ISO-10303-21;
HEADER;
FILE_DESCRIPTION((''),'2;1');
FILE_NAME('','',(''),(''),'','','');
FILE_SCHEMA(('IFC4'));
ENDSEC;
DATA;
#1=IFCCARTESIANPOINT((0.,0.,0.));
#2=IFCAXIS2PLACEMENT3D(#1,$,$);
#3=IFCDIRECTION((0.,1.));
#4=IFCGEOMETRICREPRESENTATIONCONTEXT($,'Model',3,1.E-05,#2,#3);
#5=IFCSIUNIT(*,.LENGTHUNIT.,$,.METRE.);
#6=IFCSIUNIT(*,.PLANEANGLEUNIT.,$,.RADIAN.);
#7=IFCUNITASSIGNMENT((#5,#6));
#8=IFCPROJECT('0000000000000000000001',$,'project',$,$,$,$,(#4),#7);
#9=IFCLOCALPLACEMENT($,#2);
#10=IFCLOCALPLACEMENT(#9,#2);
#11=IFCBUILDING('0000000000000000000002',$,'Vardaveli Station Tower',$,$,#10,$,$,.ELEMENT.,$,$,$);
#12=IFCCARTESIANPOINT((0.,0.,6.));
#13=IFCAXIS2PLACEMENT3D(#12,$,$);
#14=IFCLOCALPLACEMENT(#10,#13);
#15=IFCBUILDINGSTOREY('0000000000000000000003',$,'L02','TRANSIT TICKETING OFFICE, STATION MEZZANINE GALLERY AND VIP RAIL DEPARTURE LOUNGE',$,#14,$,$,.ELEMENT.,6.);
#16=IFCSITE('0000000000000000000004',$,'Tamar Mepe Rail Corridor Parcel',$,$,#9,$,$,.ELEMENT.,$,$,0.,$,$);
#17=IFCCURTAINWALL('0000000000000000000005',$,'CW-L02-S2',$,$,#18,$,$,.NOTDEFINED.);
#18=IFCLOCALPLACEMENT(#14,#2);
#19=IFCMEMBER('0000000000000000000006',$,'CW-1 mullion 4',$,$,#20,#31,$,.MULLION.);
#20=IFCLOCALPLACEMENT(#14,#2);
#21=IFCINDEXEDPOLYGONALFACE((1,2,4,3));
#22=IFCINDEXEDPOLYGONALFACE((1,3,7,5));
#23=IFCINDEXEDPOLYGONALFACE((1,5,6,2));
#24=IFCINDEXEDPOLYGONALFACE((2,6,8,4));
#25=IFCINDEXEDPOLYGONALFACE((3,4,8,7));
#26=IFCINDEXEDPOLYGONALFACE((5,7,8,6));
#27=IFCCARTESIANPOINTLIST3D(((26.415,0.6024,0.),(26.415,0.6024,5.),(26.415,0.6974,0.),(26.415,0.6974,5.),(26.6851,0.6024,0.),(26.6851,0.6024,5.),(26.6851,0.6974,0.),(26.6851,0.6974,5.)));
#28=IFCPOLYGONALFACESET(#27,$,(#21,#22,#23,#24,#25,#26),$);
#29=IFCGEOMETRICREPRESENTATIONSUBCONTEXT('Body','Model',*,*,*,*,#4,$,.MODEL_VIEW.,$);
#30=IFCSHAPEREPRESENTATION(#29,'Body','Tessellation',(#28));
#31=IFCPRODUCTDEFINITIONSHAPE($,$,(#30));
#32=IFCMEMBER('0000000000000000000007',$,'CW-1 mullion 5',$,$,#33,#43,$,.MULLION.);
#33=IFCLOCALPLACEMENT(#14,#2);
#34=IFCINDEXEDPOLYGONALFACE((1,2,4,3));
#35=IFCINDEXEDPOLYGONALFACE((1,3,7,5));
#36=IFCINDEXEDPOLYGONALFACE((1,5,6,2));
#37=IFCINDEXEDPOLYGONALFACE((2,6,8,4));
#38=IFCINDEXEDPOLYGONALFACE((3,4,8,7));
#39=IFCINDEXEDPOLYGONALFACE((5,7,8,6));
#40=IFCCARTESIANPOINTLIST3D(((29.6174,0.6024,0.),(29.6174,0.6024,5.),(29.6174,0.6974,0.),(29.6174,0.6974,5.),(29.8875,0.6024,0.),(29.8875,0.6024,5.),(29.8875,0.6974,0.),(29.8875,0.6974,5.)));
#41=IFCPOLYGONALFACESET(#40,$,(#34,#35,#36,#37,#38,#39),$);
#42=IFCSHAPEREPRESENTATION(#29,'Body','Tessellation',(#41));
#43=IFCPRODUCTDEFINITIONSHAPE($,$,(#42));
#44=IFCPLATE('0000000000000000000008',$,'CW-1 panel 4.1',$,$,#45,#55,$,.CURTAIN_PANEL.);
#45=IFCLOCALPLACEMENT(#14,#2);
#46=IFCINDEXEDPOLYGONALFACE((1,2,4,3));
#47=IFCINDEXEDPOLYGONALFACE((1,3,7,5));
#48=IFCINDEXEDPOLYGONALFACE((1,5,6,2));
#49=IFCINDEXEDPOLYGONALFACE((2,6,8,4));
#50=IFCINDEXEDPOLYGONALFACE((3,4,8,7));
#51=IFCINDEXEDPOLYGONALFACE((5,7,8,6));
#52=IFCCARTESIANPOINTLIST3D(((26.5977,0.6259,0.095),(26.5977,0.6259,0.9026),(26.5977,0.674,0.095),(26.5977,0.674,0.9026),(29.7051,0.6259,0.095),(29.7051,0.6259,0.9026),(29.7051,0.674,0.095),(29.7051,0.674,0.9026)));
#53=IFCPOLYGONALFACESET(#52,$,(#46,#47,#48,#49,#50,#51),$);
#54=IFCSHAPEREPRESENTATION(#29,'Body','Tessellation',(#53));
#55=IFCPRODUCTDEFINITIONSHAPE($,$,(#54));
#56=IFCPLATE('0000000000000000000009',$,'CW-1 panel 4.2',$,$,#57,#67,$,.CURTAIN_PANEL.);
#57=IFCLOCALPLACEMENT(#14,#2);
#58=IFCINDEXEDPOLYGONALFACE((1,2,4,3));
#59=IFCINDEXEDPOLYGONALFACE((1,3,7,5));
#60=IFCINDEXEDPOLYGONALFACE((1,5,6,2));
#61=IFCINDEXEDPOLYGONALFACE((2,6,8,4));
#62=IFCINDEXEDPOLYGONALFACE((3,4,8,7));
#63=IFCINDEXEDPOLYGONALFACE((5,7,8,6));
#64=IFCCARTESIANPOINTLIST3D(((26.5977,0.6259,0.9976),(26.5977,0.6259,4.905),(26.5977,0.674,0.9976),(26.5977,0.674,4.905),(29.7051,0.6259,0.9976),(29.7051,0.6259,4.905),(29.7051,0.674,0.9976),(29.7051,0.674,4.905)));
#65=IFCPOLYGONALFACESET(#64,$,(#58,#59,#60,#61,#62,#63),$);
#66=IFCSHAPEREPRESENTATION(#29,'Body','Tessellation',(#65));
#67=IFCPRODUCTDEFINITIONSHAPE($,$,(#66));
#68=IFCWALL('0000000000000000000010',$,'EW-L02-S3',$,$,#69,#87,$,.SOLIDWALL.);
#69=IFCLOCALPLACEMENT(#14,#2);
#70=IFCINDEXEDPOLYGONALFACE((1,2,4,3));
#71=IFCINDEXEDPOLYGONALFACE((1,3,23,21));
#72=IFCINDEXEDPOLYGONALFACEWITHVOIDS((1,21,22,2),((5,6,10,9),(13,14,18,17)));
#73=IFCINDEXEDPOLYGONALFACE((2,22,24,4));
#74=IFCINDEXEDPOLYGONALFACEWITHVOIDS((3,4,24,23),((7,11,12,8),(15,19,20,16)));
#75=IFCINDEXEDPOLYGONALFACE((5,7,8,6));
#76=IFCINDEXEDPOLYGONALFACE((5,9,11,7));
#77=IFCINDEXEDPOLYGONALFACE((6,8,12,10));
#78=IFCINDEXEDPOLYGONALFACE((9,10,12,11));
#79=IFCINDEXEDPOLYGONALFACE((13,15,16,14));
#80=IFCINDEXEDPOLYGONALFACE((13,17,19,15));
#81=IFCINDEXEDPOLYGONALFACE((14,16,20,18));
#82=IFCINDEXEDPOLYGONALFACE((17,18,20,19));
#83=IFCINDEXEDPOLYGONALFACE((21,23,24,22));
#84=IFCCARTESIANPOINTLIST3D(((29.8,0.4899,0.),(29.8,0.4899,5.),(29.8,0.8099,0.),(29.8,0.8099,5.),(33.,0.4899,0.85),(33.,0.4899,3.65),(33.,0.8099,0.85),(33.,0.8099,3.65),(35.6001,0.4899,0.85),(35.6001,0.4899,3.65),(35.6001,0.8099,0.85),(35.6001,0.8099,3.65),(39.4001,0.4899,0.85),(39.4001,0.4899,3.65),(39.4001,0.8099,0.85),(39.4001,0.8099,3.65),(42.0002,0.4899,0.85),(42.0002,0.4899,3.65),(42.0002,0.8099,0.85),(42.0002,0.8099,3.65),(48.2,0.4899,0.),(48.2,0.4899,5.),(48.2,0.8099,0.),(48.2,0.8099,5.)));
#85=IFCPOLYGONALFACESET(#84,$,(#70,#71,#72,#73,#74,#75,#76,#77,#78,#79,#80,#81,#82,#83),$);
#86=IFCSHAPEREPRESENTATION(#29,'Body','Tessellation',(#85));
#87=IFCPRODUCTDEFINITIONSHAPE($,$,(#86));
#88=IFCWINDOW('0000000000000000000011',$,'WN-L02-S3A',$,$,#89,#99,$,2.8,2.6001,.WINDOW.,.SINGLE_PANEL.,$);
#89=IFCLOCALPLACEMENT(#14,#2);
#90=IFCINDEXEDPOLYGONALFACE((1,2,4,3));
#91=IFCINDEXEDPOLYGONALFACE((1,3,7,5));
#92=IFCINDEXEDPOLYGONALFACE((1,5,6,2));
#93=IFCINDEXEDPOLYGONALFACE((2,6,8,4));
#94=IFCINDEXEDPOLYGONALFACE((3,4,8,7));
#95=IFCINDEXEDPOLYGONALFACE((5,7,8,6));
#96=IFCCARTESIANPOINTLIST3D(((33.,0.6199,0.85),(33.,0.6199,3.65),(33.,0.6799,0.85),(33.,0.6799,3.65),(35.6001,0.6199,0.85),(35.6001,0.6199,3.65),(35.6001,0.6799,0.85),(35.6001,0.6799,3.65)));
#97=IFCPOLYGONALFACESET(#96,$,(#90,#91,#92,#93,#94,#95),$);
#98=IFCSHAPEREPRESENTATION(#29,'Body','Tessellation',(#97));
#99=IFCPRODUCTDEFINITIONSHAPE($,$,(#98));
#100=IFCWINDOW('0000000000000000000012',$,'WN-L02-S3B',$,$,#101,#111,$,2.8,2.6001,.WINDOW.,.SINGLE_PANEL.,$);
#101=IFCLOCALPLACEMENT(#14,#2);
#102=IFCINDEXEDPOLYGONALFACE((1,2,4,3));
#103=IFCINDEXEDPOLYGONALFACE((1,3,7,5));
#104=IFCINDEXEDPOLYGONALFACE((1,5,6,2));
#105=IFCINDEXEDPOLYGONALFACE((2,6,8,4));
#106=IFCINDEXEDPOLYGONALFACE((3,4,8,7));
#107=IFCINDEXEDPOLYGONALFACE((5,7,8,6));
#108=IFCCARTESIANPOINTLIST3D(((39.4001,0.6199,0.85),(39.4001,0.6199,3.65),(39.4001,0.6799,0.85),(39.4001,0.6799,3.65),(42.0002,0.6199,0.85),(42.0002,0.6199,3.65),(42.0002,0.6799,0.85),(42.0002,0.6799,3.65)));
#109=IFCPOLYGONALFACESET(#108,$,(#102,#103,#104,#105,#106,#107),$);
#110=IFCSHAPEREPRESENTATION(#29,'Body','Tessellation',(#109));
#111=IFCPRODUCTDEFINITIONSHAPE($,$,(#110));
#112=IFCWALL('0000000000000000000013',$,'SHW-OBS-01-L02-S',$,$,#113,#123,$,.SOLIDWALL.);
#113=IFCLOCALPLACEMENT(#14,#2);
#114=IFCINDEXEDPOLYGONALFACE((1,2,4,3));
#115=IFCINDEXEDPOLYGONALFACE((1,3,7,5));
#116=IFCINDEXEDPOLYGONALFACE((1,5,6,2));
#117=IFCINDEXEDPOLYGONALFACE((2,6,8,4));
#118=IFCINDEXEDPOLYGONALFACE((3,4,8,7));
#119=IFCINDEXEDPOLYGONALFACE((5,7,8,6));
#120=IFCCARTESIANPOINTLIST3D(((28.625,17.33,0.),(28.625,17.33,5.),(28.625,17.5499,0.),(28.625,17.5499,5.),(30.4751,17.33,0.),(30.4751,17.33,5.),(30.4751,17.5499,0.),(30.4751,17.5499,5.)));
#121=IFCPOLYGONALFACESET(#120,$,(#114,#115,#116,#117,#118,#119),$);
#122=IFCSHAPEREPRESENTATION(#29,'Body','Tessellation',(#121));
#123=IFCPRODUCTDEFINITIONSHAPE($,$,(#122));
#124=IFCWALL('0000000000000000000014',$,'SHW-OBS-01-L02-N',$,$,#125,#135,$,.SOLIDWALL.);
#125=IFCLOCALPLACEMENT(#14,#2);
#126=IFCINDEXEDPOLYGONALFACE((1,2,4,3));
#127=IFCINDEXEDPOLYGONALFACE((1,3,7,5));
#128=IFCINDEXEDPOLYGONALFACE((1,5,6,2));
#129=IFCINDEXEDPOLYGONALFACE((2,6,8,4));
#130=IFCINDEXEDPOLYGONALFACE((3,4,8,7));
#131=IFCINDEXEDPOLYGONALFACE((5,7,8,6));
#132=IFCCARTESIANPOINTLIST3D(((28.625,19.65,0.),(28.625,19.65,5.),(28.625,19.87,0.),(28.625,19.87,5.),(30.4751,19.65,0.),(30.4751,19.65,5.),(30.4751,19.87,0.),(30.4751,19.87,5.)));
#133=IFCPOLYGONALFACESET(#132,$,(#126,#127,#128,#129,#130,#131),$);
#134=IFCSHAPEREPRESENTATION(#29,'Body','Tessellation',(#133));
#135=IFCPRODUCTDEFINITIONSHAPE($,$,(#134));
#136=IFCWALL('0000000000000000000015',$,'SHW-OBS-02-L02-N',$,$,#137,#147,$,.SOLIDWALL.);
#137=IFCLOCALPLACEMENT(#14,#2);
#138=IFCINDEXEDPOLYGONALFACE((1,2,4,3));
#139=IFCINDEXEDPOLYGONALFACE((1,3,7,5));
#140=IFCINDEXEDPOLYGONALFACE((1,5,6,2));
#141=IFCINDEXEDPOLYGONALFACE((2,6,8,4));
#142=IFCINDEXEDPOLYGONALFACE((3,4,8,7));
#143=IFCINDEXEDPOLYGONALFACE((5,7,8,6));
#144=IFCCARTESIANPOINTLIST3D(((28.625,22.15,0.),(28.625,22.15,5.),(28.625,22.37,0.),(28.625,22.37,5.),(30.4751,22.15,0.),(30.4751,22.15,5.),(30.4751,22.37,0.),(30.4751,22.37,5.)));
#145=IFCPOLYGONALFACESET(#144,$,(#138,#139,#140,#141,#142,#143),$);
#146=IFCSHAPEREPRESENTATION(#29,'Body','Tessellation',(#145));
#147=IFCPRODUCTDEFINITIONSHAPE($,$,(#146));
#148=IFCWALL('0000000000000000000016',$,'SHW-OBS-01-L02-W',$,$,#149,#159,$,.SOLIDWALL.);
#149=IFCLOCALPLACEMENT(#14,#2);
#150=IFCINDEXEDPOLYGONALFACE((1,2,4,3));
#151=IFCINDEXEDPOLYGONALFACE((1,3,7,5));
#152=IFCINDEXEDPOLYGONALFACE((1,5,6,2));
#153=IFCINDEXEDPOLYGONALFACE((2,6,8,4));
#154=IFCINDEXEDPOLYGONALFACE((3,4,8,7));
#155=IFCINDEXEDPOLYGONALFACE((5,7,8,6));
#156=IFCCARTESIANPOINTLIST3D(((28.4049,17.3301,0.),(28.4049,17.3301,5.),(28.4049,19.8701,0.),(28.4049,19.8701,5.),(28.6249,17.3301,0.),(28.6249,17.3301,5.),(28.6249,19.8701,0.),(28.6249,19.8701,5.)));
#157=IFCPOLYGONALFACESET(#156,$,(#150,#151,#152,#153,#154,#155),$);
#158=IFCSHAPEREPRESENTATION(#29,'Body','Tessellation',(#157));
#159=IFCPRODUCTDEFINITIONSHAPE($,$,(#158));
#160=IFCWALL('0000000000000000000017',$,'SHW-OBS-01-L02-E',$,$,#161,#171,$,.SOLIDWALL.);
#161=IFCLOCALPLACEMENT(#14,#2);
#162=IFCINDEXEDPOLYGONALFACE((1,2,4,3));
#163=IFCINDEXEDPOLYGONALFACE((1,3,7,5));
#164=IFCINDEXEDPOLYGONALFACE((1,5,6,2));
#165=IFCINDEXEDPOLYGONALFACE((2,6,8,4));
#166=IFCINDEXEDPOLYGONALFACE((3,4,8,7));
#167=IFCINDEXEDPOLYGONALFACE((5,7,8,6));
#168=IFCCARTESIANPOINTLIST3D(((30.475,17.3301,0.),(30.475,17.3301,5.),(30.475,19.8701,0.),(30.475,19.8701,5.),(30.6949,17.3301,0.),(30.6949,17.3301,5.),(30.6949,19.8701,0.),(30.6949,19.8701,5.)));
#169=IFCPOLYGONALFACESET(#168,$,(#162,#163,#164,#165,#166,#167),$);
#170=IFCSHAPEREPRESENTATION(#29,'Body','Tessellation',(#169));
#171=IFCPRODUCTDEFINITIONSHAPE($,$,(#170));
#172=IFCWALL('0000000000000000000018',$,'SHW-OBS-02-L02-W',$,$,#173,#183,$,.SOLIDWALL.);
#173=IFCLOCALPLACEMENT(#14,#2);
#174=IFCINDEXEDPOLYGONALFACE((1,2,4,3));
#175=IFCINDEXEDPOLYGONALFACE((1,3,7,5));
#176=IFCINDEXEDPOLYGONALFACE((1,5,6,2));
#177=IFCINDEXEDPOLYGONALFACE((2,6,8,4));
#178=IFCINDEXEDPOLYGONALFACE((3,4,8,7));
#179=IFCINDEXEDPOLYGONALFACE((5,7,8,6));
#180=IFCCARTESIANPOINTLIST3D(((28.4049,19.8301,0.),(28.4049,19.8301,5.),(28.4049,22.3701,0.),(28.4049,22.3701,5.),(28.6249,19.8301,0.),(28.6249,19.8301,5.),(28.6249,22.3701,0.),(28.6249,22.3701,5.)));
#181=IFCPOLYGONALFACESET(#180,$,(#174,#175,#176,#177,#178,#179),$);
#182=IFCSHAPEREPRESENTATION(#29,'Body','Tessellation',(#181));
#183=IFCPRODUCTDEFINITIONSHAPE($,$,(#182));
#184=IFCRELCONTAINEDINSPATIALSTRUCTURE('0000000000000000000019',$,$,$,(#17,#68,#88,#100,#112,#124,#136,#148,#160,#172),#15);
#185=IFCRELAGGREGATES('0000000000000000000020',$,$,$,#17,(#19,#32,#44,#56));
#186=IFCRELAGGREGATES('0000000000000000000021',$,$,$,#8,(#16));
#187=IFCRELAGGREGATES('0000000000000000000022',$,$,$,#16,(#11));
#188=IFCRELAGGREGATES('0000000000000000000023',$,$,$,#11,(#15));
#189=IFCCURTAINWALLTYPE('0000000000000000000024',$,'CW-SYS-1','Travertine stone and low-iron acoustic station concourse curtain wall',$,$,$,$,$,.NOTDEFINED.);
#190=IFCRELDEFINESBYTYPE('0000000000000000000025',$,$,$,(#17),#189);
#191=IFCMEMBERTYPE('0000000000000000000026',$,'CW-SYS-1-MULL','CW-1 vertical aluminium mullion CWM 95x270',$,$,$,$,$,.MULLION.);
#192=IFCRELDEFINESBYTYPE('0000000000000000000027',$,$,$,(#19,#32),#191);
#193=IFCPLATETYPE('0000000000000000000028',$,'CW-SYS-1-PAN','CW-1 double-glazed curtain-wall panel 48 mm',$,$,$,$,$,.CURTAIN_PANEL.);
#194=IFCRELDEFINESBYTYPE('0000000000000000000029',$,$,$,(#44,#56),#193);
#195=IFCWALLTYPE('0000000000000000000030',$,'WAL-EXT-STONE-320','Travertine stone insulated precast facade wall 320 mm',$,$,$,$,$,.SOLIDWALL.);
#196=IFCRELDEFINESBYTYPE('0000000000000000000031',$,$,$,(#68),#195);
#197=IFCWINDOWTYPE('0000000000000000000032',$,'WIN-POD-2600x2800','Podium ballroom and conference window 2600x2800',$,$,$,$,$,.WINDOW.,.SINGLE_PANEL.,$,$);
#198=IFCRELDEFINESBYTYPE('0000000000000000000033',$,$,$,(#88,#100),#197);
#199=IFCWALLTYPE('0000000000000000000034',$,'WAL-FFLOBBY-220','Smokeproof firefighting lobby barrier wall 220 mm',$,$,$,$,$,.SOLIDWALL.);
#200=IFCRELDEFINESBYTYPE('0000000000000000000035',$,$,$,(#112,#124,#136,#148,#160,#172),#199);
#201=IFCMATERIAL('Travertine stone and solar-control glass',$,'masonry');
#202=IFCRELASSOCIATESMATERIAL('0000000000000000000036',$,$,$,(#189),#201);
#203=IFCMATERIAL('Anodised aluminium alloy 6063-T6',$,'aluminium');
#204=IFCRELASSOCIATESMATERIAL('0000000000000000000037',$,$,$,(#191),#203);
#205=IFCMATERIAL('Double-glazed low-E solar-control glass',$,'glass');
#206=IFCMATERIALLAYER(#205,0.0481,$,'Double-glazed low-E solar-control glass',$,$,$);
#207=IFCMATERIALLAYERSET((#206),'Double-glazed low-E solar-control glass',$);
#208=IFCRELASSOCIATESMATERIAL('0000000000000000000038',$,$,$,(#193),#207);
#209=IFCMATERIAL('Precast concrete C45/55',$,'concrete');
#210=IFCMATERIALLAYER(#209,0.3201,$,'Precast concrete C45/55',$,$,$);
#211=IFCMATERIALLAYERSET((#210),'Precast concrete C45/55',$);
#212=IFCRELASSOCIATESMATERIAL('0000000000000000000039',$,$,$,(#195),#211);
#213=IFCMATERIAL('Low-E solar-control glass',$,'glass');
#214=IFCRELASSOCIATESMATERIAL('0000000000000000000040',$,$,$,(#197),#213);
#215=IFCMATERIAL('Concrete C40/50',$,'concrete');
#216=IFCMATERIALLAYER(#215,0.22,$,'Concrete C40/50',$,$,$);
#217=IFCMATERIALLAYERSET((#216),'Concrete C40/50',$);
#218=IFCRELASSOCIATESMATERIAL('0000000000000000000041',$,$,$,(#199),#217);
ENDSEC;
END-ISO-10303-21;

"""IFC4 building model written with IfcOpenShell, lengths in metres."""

from ifc_helpers import new_model, si_unit, direction, frame, frame_2d, origin, origin_2d, place, context, subcontext, project, spatial, rectangle, extrude, source, transform, mapped, material, layer, layer_set, material_profile, profile_set, type_object, element, fill, aggregate, save


model = new_model("IFC4")

# Units and contexts
model_context = context("Model", 3, precision=1e-05, world=origin(), true_north=direction((0.0, 1.0)))
body_context = subcontext(model_context, "Body", "Model", "MODEL_VIEW")
ifc_project = project(units=[si_unit("LENGTHUNIT", "METRE"), si_unit("PLANEANGLEUNIT", "RADIAN")], contexts=[model_context])

# Site, building, storey
site_placement = place(None, origin())
site = spatial("IfcSite", under=ifc_project, at=site_placement, Name="Tamar Mepe Rail Corridor Parcel", CompositionType="ELEMENT", RefElevation=0.0)
building_placement = place(site_placement, origin())
building = spatial("IfcBuilding", under=site, at=building_placement, Name="Vardaveli Station Tower", CompositionType="ELEMENT")
storey_placement = place(building_placement, frame((0.0, 0.0, 6.0)))
storey = spatial("IfcBuildingStorey", under=building, at=storey_placement, Name="L02", Description="TRANSIT TICKETING OFFICE, STATION MEZZANINE GALLERY AND VIP RAIL DEPARTURE LOUNGE", CompositionType="ELEMENT", Elevation=6.0)

# Curtain wall, members, plates
ifc_material_1 = material(Name="Travertine stone and solar-control glass", Category="masonry")
curtain_wall_type = type_object("IfcCurtainWallType", Name="CW-SYS-1", Description="Travertine stone and low-iron acoustic station concourse curtain wall", PredefinedType="NOTDEFINED", material=ifc_material_1)
curtain_wall_placement = place(storey_placement, origin())
curtain_wall = element("IfcCurtainWall", 1, at=curtain_wall_placement, inside=storey, type_object=curtain_wall_type, Name="CW-L02-S2", PredefinedType="NOTDEFINED")
ifc_material_2 = material(Name="Anodised aluminium alloy 6063-T6", Category="aluminium")
ifc_material_profile_1 = material_profile(ifc_material_2, rectangle(XDim=0.095, YDim=0.27, at=origin_2d()), Name="CWM 95x270")
ifc_profile_set_1 = profile_set([ifc_material_profile_1], Name="Anodised aluminium alloy 6063-T6")
member_type_1 = type_object("IfcMemberType", Name="CW-SYS-1-MULL", Description="CW-1 vertical aluminium mullion CWM 95x270", PredefinedType="MULLION", material=ifc_profile_set_1)
shared_shape_1 = source(origin(), body_context, "Body", "SweptSolid", [
    extrude(rectangle(XDim=0.095, YDim=0.27, at=origin_2d()), origin(), (0.0, 0.0, 1.0), 5.0),
])
member_1_placement = place(storey_placement, frame((26.55, 0.6499, 0.0), z_axis=(0.0, 0.0, 1.0), x_axis=(0.0, 1.0, 0.0)))
member_1 = element("IfcMember", 2, at=member_1_placement, type_object=member_type_1, Name="CW-1 mullion 4", PredefinedType="MULLION", context=body_context, shape_type="MappedRepresentation", body=[
    mapped(shared_shape_1, transform((0.0, 0.0, 0.0), scale=1.0)),
])
member_2_placement = place(storey_placement, frame((29.7524, 0.6499, 0.0), z_axis=(0.0, 0.0, 1.0), x_axis=(0.0, 1.0, 0.0)))
member_2 = element("IfcMember", 3, at=member_2_placement, type_object=member_type_1, Name="CW-1 mullion 5", PredefinedType="MULLION", context=body_context, shape_type="MappedRepresentation", body=[
    mapped(shared_shape_1, transform((0.0, 0.0, 0.0), scale=1.0)),
])
ifc_material_3 = material(Name="Double-glazed low-E solar-control glass", Category="glass")
ifc_layer_1 = layer(ifc_material_3, 0.0481, Name="Double-glazed low-E solar-control glass")
ifc_layer_set_1 = layer_set([ifc_layer_1], Name="Double-glazed low-E solar-control glass")
plate_type = type_object("IfcPlateType", Name="CW-SYS-1-PAN", Description="CW-1 double-glazed curtain-wall panel 48 mm", PredefinedType="CURTAIN_PANEL", material=ifc_layer_set_1)
shared_shape_2 = source(origin(), body_context, "Body", "SweptSolid", [
    extrude(rectangle(XDim=3.1074, YDim=0.0481, at=origin_2d()), origin(), (0.0, 0.0, 1.0), 0.8076),
])
plate_1_placement = place(storey_placement, frame((28.1514, 0.6499, 0.095), z_axis=(0.0, 0.0, 1.0), x_axis=(1.0, 0.0, 0.0)))
plate_1 = element("IfcPlate", 4, at=plate_1_placement, type_object=plate_type, Name="CW-1 panel 4.1", PredefinedType="CURTAIN_PANEL", context=body_context, shape_type="MappedRepresentation", body=[
    mapped(shared_shape_2, transform((0.0, 0.0, 0.0), scale=1.0)),
])
shared_shape_3 = source(origin(), body_context, "Body", "SweptSolid", [
    extrude(rectangle(XDim=3.1074, YDim=0.0481, at=origin_2d()), origin(), (0.0, 0.0, 1.0), 3.9075),
])
plate_2_placement = place(storey_placement, frame((28.1514, 0.6499, 0.9976), z_axis=(0.0, 0.0, 1.0), x_axis=(1.0, 0.0, 0.0)))
plate_2 = element("IfcPlate", 5, at=plate_2_placement, type_object=plate_type, Name="CW-1 panel 4.2", PredefinedType="CURTAIN_PANEL", context=body_context, shape_type="MappedRepresentation", body=[
    mapped(shared_shape_3, transform((0.0, 0.0, 0.0), scale=1.0)),
])
aggregate(curtain_wall, [member_1, member_2, plate_1, plate_2])

# Wall, openings, windows
ifc_material_4 = material(Name="Precast concrete C45/55", Category="concrete")
ifc_layer_2 = layer(ifc_material_4, 0.3201, Name="Precast concrete C45/55")
ifc_layer_set_2 = layer_set([ifc_layer_2], Name="Precast concrete C45/55")
wall_type_1 = type_object("IfcWallType", Name="WAL-EXT-STONE-320", Description="Travertine stone insulated precast facade wall 320 mm", PredefinedType="SOLIDWALL", material=ifc_layer_set_2)
shared_shape_4 = source(origin(), body_context, "Body", "SweptSolid", [
    extrude(rectangle(XDim=18.3999, YDim=0.3201, at=frame_2d((9.2, 0.0))), origin(), (0.0, 0.0, 1.0), 5.0),
])
wall_1_placement = place(storey_placement, frame((29.8, 0.6499, 0.0), z_axis=(0.0, 0.0, 1.0), x_axis=(1.0, 0.0, 0.0)))
wall_1 = element("IfcWall", 6, at=wall_1_placement, inside=storey, type_object=wall_type_1, Name="EW-L02-S3", PredefinedType="SOLIDWALL", context=body_context, shape_type="MappedRepresentation", body=[
    mapped(shared_shape_4, transform((0.0, 0.0, 0.0), scale=1.0)),
])
shared_shape_5 = source(origin(), body_context, "Body", "SweptSolid", [
    extrude(rectangle(XDim=2.6001, YDim=2.8, at=frame_2d((1.3, 1.3999))), frame((0.0, 0.1699, 0.0), z_axis=(0.0, -1.0, 0.0), x_axis=(1.0, 0.0, 0.0)), (0.0, 0.0, 1.0), 0.3401),
])
opening_1_placement = place(wall_1_placement, frame((3.2, 0.0, 0.8501)))
opening_1 = element("IfcOpeningElement", 7, at=opening_1_placement, cuts=wall_1, PredefinedType="OPENING", context=body_context, shape_type="MappedRepresentation", body=[
    mapped(shared_shape_5, transform((0.0, 0.0, 0.0), scale=1.0)),
])
opening_2_placement = place(wall_1_placement, frame((9.6001, 0.0, 0.8501)))
opening_2 = element("IfcOpeningElement", 8, at=opening_2_placement, cuts=wall_1, PredefinedType="OPENING", context=body_context, shape_type="MappedRepresentation", body=[
    mapped(shared_shape_5, transform((0.0, 0.0, 0.0), scale=1.0)),
])
ifc_material_5 = material(Name="Low-E solar-control glass", Category="glass")
window_type = type_object("IfcWindowType", Name="WIN-POD-2600x2800", Description="Podium ballroom and conference window 2600x2800", PartitioningType="SINGLE_PANEL", PredefinedType="WINDOW", material=ifc_material_5)
shared_shape_6 = source(origin(), body_context, "Body", "SweptSolid", [
    extrude(rectangle(XDim=2.6001, YDim=2.8, at=frame_2d((1.3, 1.3999))), frame((0.0, 0.03, 0.0), z_axis=(0.0, -1.0, 0.0), x_axis=(1.0, 0.0, 0.0)), (0.0, 0.0, 1.0), 0.0601),
])
window_1_placement = place(opening_1_placement, origin())
window_1 = element("IfcWindow", 9, at=window_1_placement, inside=storey, type_object=window_type, Name="WN-L02-S3A", OverallHeight=2.8, OverallWidth=2.6001, PartitioningType="SINGLE_PANEL", PredefinedType="WINDOW", context=body_context, shape_type="MappedRepresentation", body=[
    mapped(shared_shape_6, transform((0.0, 0.0, 0.0), scale=1.0)),
])
fill(opening_1, window_1)
window_2_placement = place(opening_2_placement, origin())
window_2 = element("IfcWindow", 10, at=window_2_placement, inside=storey, type_object=window_type, Name="WN-L02-S3B", OverallHeight=2.8, OverallWidth=2.6001, PartitioningType="SINGLE_PANEL", PredefinedType="WINDOW", context=body_context, shape_type="MappedRepresentation", body=[
    mapped(shared_shape_6, transform((0.0, 0.0, 0.0), scale=1.0)),
])
fill(opening_2, window_2)

# Walls
ifc_material_6 = material(Name="Concrete C40/50", Category="concrete")
ifc_layer_3 = layer(ifc_material_6, 0.22, Name="Concrete C40/50")
ifc_layer_set_3 = layer_set([ifc_layer_3], Name="Concrete C40/50")
wall_type_2 = type_object("IfcWallType", Name="WAL-FFLOBBY-220", Description="Smokeproof firefighting lobby barrier wall 220 mm", PredefinedType="SOLIDWALL", material=ifc_layer_set_3)
shared_shape_7 = source(origin(), body_context, "Body", "SweptSolid", [
    extrude(rectangle(XDim=1.8501, YDim=0.22, at=frame_2d((0.925, 0.0))), origin(), (0.0, 0.0, 1.0), 5.0),
])
for number, where, z_axis, x_axis, name in (
    (11, (28.625, 17.4399, 0.0), (0.0, 0.0, 1.0), (1.0, 0.0, 0.0), "SHW-OBS-01-L02-S"),
    (12, (28.625, 19.76, 0.0), (0.0, 0.0, 1.0), (1.0, 0.0, 0.0), "SHW-OBS-01-L02-N"),
    (13, (28.625, 22.26, 0.0), (0.0, 0.0, 1.0), (1.0, 0.0, 0.0), "SHW-OBS-02-L02-N"),
):
    element("IfcWall", number, at=place(storey_placement, frame(where, z_axis=z_axis, x_axis=x_axis)), inside=storey, type_object=wall_type_2, Name=name, PredefinedType="SOLIDWALL", context=body_context, shape_type="MappedRepresentation", body=[
        mapped(shared_shape_7, transform((0.0, 0.0, 0.0), scale=1.0)),
    ])
shared_shape_8 = source(origin(), body_context, "Body", "SweptSolid", [
    extrude(rectangle(XDim=2.54, YDim=0.22, at=frame_2d((1.27, 0.0))), origin(), (0.0, 0.0, 1.0), 5.0),
])
for number, where, z_axis, x_axis, name in (
    (14, (28.5149, 17.3301, 0.0), (0.0, 0.0, 1.0), (0.0, 1.0, 0.0), "SHW-OBS-01-L02-W"),
    (15, (30.585, 17.3301, 0.0), (0.0, 0.0, 1.0), (0.0, 1.0, 0.0), "SHW-OBS-01-L02-E"),
    (16, (28.5149, 19.8301, 0.0), (0.0, 0.0, 1.0), (0.0, 1.0, 0.0), "SHW-OBS-02-L02-W"),
):
    element("IfcWall", number, at=place(storey_placement, frame(where, z_axis=z_axis, x_axis=x_axis)), inside=storey, type_object=wall_type_2, Name=name, PredefinedType="SOLIDWALL", context=body_context, shape_type="MappedRepresentation", body=[
        mapped(shared_shape_8, transform((0.0, 0.0, 0.0), scale=1.0)),
    ])

save(model, "model.ifc")
